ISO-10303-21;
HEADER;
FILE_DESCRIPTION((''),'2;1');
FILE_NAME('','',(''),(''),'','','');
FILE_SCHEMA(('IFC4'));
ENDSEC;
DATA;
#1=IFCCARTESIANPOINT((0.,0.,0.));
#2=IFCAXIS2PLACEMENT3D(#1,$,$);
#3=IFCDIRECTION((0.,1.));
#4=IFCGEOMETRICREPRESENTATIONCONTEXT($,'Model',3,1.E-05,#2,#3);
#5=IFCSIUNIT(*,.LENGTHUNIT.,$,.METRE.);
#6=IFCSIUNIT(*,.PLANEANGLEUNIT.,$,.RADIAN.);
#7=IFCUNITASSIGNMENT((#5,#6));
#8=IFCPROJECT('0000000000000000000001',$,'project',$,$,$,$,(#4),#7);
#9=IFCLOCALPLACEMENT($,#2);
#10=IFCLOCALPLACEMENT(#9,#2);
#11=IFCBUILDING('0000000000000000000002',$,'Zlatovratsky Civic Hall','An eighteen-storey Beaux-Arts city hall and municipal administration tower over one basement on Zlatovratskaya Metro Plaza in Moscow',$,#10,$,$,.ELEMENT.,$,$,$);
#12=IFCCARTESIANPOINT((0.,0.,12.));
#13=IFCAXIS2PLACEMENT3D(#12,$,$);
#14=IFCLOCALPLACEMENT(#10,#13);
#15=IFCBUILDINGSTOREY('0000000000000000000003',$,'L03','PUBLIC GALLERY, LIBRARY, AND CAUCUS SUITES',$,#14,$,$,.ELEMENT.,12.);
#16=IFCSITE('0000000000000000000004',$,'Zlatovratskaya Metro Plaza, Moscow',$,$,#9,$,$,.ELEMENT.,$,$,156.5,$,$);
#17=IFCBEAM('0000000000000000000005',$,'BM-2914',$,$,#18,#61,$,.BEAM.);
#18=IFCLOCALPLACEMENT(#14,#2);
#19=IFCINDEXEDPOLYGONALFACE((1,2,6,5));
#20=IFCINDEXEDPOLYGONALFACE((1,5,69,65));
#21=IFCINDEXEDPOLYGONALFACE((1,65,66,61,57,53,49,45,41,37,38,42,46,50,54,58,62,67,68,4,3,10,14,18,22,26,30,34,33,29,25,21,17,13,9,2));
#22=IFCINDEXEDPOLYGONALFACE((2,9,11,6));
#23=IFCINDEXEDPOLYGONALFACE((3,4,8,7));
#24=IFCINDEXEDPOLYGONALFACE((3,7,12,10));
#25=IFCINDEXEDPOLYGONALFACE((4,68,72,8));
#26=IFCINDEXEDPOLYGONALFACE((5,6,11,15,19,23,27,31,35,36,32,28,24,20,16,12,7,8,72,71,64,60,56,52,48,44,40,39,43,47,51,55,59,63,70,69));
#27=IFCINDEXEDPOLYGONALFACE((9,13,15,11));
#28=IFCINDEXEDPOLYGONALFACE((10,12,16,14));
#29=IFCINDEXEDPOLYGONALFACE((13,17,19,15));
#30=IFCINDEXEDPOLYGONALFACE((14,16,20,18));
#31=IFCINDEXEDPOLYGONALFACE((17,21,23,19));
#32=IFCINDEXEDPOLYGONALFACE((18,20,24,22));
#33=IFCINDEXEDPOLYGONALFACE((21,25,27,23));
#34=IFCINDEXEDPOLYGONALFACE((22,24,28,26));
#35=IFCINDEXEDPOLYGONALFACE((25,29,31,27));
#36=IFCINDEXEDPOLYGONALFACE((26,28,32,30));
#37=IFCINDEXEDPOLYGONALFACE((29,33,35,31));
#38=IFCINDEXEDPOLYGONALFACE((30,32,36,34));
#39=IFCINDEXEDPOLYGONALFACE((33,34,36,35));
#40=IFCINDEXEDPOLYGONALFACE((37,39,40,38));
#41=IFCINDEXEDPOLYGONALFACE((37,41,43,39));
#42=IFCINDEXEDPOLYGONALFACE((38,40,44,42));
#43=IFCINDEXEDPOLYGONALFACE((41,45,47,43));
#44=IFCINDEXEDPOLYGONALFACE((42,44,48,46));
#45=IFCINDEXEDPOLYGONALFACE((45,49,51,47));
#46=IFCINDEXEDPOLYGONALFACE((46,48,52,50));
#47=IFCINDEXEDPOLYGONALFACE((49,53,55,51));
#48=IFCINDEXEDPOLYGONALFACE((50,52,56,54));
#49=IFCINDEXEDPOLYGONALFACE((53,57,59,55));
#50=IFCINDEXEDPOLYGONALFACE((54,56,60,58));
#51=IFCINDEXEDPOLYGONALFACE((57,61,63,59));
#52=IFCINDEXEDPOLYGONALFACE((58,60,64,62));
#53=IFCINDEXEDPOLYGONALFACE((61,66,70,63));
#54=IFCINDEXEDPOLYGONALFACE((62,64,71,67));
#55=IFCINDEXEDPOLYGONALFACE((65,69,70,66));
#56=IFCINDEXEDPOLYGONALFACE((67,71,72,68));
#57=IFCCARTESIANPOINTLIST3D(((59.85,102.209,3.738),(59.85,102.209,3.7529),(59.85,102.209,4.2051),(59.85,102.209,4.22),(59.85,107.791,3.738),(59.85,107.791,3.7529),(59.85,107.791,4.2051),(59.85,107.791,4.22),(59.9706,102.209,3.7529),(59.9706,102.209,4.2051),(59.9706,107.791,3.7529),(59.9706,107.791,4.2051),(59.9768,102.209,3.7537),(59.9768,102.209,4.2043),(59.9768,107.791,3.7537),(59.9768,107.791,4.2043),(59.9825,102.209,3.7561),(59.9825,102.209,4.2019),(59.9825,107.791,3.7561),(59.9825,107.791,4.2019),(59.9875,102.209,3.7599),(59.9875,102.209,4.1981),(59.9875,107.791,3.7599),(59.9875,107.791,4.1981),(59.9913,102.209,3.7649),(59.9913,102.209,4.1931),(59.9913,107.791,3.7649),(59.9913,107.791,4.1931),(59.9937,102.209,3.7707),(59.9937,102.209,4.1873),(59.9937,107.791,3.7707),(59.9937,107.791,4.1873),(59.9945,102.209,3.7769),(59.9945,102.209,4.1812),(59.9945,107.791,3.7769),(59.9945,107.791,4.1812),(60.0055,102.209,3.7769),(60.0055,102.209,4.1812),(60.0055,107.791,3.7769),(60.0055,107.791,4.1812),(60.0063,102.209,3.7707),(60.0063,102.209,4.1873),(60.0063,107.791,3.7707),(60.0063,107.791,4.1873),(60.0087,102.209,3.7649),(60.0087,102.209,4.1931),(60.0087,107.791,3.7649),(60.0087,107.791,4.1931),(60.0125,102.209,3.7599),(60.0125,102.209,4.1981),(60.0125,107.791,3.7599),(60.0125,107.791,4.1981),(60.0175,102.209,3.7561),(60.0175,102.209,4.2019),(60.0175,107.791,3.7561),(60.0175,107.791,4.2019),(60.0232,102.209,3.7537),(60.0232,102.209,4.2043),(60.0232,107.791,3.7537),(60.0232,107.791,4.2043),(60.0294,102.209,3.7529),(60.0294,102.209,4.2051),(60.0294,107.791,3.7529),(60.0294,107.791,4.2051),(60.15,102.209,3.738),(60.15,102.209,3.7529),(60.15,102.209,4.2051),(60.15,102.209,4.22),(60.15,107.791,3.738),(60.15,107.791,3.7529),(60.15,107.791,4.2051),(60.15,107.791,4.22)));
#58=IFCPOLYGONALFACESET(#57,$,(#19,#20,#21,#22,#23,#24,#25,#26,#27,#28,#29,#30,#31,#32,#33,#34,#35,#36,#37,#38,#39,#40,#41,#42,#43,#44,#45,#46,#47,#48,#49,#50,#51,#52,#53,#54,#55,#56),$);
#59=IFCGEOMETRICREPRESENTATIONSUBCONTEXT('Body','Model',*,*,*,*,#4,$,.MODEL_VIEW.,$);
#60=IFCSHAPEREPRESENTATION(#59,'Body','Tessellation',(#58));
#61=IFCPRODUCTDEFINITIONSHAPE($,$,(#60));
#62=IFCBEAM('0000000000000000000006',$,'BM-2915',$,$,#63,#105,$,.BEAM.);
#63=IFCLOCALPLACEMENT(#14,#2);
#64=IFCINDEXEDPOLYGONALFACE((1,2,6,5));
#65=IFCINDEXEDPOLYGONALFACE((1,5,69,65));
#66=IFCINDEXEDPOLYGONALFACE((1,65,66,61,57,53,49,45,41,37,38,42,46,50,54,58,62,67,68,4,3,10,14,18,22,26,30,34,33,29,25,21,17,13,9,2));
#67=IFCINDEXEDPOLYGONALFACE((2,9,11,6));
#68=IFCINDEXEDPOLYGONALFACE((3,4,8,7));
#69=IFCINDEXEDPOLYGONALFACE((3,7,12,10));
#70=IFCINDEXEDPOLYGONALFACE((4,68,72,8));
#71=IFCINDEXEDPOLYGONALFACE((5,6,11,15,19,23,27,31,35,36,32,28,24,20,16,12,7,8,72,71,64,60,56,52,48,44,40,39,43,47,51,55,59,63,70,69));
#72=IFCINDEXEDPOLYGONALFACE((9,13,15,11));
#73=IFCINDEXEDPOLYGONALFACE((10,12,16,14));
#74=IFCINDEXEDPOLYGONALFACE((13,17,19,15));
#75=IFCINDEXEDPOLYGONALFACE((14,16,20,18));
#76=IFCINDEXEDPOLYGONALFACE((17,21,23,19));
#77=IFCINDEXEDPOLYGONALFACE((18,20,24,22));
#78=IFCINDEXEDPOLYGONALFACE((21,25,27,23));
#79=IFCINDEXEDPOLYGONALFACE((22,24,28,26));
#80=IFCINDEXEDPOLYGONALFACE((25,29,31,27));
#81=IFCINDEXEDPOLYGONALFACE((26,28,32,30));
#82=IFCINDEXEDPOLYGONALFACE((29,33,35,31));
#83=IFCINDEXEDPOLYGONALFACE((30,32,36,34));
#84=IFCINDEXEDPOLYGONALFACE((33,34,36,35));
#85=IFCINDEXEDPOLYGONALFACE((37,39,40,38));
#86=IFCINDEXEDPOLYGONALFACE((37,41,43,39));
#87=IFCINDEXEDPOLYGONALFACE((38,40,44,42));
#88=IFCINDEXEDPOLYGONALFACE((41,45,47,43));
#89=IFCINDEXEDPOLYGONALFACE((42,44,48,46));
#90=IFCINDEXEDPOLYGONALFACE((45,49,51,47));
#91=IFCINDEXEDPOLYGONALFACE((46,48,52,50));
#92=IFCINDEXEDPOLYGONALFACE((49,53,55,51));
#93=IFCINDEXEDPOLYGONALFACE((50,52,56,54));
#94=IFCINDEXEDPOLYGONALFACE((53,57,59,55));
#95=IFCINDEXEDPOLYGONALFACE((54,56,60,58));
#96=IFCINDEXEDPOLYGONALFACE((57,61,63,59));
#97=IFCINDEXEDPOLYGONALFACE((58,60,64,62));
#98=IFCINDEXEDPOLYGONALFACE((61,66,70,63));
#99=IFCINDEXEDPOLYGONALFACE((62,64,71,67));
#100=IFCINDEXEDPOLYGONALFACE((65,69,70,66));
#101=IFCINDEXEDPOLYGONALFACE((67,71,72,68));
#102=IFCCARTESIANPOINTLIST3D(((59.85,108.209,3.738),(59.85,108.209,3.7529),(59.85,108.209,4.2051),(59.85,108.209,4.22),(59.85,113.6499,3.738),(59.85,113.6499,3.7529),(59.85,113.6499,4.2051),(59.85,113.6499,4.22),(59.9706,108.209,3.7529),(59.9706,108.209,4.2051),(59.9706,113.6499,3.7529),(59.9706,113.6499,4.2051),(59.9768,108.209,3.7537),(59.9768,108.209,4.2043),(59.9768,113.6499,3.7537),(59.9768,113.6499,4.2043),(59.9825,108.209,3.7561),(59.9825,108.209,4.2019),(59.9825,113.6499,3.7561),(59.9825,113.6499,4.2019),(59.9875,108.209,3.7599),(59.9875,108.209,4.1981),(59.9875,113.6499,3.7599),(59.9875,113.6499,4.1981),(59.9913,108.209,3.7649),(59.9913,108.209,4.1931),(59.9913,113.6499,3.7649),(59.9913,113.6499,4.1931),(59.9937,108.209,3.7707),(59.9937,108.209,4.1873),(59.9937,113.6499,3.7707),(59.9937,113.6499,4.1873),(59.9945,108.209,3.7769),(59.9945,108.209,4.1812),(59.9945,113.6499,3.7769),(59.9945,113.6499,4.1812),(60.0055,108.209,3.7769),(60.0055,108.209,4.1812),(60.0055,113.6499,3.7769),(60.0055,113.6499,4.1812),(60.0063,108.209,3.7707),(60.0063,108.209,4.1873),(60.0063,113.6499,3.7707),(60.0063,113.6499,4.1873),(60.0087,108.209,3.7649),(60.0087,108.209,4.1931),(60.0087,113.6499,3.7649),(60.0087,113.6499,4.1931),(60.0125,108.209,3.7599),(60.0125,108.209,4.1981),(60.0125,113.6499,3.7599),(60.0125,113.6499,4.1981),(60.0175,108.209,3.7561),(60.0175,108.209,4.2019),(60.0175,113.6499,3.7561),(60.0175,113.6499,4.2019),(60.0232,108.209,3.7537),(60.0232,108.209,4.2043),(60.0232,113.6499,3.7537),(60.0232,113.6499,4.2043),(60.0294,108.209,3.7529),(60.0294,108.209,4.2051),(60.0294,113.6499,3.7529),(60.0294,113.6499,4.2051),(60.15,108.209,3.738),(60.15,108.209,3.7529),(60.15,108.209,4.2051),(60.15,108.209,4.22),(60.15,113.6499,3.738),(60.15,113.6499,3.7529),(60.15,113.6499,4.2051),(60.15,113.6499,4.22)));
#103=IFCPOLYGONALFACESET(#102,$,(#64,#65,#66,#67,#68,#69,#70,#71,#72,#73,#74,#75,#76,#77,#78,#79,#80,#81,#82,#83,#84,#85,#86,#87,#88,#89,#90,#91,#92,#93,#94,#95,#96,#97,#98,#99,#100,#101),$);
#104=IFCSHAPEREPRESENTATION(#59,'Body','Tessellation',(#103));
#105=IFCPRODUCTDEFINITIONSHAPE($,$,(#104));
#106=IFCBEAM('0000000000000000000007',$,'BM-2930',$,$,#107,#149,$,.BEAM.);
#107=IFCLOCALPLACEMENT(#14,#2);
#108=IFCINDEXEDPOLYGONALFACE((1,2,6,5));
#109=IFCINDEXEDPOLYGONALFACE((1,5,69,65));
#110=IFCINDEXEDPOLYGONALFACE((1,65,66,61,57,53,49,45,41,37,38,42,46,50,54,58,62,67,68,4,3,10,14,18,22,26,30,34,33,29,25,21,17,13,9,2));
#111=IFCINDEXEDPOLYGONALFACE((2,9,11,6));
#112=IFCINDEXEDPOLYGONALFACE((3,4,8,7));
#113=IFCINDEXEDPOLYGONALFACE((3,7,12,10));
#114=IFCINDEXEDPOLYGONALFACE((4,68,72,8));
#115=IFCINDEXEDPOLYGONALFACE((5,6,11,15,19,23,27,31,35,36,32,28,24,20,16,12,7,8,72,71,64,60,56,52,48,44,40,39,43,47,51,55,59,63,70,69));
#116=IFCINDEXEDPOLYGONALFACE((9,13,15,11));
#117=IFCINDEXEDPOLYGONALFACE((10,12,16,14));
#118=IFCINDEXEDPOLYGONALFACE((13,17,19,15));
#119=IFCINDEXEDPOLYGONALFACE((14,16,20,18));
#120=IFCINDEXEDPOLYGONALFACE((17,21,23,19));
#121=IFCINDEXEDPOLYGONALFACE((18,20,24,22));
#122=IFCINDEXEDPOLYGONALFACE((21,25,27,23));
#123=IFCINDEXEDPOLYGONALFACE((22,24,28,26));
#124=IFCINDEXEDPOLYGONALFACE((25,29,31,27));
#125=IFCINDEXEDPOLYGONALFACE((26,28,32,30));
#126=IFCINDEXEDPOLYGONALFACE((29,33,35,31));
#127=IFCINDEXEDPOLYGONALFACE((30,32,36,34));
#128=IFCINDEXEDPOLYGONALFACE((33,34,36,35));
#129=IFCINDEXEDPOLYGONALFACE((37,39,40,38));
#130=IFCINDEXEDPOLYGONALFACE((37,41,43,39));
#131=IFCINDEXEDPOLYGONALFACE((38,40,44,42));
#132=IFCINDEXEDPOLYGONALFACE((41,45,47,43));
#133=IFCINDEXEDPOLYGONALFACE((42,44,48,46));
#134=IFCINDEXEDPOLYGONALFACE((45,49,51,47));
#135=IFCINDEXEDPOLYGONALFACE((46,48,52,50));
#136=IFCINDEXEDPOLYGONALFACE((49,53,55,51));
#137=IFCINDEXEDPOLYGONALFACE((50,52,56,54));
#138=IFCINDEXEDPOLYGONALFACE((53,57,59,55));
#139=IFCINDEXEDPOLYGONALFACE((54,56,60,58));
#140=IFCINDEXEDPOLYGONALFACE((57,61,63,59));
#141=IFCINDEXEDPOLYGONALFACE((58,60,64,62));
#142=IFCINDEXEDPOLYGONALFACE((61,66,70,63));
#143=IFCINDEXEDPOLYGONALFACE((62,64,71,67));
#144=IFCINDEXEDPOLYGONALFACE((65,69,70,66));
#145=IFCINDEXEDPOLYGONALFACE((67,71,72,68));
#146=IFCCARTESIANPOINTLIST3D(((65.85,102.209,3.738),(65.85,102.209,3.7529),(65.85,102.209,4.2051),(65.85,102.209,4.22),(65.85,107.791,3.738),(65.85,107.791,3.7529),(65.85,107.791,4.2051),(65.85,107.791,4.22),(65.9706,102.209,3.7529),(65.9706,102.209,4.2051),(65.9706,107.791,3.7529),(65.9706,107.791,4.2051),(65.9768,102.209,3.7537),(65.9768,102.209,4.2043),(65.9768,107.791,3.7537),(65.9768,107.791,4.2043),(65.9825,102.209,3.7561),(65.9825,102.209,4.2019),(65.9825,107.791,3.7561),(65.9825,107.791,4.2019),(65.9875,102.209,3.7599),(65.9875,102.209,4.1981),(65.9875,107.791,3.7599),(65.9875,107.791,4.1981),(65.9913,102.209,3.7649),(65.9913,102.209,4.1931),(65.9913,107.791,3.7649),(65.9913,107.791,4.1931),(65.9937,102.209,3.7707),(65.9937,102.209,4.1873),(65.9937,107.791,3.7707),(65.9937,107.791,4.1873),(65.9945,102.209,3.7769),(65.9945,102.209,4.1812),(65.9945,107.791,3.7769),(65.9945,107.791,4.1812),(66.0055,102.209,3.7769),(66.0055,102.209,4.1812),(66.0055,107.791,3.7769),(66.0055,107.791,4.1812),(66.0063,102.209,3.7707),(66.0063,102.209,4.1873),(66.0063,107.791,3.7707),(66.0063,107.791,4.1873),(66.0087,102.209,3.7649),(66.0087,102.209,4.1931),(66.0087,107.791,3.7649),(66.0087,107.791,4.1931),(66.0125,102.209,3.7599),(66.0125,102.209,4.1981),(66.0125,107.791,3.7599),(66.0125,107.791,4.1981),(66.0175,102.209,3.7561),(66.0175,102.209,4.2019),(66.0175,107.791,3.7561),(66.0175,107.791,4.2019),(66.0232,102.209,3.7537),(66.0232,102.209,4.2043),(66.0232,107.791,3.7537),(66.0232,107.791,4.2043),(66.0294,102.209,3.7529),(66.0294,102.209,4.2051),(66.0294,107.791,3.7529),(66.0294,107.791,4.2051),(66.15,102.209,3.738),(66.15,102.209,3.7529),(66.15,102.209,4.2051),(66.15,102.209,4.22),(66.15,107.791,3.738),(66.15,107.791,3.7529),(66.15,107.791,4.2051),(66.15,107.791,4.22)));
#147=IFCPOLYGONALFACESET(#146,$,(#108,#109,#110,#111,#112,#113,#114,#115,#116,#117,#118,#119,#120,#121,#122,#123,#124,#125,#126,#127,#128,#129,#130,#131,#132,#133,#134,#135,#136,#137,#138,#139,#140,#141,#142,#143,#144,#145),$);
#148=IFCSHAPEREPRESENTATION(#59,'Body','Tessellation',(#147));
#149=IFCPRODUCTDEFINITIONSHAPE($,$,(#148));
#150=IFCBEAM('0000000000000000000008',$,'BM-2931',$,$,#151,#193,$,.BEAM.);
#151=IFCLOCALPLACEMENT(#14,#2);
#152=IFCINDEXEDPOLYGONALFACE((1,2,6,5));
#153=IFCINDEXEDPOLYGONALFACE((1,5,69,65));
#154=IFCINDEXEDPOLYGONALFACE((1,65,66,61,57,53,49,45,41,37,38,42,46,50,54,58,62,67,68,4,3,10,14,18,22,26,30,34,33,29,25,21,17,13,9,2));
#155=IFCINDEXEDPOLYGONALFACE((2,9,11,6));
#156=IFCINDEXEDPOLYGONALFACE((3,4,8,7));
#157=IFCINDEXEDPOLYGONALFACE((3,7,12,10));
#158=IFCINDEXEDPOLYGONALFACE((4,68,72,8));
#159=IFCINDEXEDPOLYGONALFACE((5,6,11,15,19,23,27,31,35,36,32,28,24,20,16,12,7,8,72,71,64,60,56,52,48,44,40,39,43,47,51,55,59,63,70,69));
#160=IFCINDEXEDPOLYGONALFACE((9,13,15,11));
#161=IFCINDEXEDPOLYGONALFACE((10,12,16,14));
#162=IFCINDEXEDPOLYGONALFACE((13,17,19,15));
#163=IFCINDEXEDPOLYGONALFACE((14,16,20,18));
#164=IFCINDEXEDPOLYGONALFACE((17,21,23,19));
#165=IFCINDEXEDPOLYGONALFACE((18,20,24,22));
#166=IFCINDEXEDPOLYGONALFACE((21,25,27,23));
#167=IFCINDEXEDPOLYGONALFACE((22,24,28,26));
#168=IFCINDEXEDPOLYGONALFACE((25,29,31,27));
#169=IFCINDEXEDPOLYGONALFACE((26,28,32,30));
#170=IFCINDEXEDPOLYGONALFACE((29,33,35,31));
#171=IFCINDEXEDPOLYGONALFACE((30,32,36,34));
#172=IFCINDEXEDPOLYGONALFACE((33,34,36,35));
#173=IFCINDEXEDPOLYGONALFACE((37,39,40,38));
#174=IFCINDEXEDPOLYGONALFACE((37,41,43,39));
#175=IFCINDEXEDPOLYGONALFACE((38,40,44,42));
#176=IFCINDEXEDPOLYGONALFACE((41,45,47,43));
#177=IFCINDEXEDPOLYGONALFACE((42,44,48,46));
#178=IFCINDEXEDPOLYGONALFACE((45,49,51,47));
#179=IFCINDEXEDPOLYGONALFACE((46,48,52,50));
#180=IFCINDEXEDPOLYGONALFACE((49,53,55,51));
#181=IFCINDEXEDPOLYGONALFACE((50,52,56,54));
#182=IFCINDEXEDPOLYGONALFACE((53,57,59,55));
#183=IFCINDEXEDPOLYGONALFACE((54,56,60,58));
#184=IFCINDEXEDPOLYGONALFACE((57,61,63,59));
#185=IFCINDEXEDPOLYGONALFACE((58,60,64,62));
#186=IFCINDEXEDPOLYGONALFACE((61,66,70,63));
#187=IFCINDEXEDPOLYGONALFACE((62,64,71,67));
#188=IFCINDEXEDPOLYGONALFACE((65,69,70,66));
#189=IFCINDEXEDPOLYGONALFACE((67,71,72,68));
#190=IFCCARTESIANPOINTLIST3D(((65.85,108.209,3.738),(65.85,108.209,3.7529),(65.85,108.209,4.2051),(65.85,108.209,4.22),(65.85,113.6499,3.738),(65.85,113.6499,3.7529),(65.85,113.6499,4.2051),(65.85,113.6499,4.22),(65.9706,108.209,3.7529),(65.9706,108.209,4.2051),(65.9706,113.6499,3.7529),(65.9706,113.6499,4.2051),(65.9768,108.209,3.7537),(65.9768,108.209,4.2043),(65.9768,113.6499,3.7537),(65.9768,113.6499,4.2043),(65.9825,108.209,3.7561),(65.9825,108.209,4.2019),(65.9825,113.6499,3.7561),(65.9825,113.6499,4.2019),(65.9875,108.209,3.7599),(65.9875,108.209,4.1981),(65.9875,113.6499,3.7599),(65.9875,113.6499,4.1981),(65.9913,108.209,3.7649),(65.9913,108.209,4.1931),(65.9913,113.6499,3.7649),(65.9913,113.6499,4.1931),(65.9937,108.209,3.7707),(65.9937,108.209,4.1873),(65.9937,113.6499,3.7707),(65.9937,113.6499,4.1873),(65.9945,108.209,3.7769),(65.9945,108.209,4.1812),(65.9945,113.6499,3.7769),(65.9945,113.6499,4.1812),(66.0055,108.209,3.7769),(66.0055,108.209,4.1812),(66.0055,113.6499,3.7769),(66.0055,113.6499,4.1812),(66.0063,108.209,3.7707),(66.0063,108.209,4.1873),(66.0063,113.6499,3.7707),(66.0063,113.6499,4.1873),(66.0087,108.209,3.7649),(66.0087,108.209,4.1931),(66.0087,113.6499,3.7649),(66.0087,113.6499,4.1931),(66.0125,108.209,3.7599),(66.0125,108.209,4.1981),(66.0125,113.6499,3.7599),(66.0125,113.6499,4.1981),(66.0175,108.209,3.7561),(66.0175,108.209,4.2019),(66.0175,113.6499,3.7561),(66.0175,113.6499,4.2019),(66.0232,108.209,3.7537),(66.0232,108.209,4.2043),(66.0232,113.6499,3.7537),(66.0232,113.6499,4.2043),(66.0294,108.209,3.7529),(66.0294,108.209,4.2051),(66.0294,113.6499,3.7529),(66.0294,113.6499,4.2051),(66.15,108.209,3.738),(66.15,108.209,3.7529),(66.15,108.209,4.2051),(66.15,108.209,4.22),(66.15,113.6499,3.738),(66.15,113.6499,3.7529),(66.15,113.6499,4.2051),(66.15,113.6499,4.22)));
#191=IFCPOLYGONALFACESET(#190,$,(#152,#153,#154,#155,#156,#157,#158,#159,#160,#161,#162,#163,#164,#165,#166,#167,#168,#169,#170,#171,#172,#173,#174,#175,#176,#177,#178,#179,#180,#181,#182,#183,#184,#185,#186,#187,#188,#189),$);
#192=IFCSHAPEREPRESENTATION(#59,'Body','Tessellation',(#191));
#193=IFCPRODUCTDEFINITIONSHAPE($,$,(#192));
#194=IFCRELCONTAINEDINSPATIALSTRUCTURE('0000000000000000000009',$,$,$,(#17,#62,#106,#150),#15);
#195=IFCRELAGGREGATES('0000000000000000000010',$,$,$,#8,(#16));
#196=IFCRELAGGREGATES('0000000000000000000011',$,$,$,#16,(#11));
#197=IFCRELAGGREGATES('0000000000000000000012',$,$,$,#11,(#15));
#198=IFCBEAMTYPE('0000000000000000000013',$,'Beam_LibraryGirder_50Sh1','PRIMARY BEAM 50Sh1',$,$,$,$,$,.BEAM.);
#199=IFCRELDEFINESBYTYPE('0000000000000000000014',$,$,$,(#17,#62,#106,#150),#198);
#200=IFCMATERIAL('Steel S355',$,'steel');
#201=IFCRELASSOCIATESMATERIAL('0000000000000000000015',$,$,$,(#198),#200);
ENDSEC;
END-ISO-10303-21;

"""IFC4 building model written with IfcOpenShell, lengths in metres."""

from ifc_helpers import new_model, si_unit, direction, frame, origin, origin_2d, place, context, subcontext, project, spatial, i_section, extrude, material, material_profile, profile_set, type_object, element, save


model = new_model("IFC4")

# Units and contexts
model_context = context("Model", 3, precision=1e-05, world=origin(), true_north=direction((0.0, 1.0)))
body_context = subcontext(model_context, "Body", "Model", "MODEL_VIEW")
ifc_project = project(units=[si_unit("LENGTHUNIT", "METRE"), si_unit("PLANEANGLEUNIT", "RADIAN")], contexts=[model_context])

# Site, building, storey
site_placement = place(None, origin())
site = spatial("IfcSite", under=ifc_project, at=site_placement, Name="Zlatovratskaya Metro Plaza, Moscow", CompositionType="ELEMENT", RefElevation=156.5)
building_placement = place(site_placement, origin())
building = spatial("IfcBuilding", under=site, at=building_placement, Name="Zlatovratsky Civic Hall", Description="An eighteen-storey Beaux-Arts city hall and municipal administration tower over one basement on Zlatovratskaya Metro Plaza in Moscow", CompositionType="ELEMENT")
storey_placement = place(building_placement, frame((0.0, 0.0, 12.0)))
storey = spatial("IfcBuildingStorey", under=building, at=storey_placement, Name="L03", Description="PUBLIC GALLERY, LIBRARY, AND CAUCUS SUITES", CompositionType="ELEMENT", Elevation=12.0)

# Shared definitions
ifc_material_1 = material(Name="Steel S355", Category="steel")

# Beams
ifc_material_profile_1 = material_profile(ifc_material_1, i_section(OverallWidth=0.3, OverallDepth=0.4819, WebThickness=0.011, FlangeThickness=0.0149, FilletRadius=0.0239, at=origin_2d()), Name="50Sh1")
ifc_profile_set_1 = profile_set([ifc_material_profile_1], Name="Steel S355")
beam_type_1 = type_object("IfcBeamType", Name="Beam_LibraryGirder_50Sh1", Description="PRIMARY BEAM 50Sh1", PredefinedType="BEAM", material=ifc_profile_set_1)
beam_1_placement = place(storey_placement, frame((60.0, 102.209, 3.979), z_axis=(0.0, 1.0, 0.0), x_axis=(-1.0, 0.0, 0.0)))
element("IfcBeam", 1, at=beam_1_placement, inside=storey, type_object=beam_type_1, Name="BM-2914", PredefinedType="BEAM", context=body_context, shape_type="SweptSolid", body=[
    extrude(i_section(OverallWidth=0.3, OverallDepth=0.4819, WebThickness=0.011, FlangeThickness=0.0149, FilletRadius=0.0239, at=origin_2d()), origin(), (0.0, 0.0, 1.0), 5.582),
])
beam_2_placement = place(storey_placement, frame((60.0, 108.209, 3.979), z_axis=(0.0, 1.0, 0.0), x_axis=(-1.0, 0.0, 0.0)))
element("IfcBeam", 2, at=beam_2_placement, inside=storey, type_object=beam_type_1, Name="BM-2915", PredefinedType="BEAM", context=body_context, shape_type="SweptSolid", body=[
    extrude(i_section(OverallWidth=0.3, OverallDepth=0.4819, WebThickness=0.011, FlangeThickness=0.0149, FilletRadius=0.0239, at=origin_2d()), origin(), (0.0, 0.0, 1.0), 5.4409),
])
beam_3_placement = place(storey_placement, frame((66.0, 102.209, 3.979), z_axis=(0.0, 1.0, 0.0), x_axis=(-1.0, 0.0, 0.0)))
element("IfcBeam", 3, at=beam_3_placement, inside=storey, type_object=beam_type_1, Name="BM-2930", PredefinedType="BEAM", context=body_context, shape_type="SweptSolid", body=[
    extrude(i_section(OverallWidth=0.3, OverallDepth=0.4819, WebThickness=0.011, FlangeThickness=0.0149, FilletRadius=0.0239, at=origin_2d()), origin(), (0.0, 0.0, 1.0), 5.582),
])
beam_4_placement = place(storey_placement, frame((66.0, 108.209, 3.979), z_axis=(0.0, 1.0, 0.0), x_axis=(-1.0, 0.0, 0.0)))
element("IfcBeam", 4, at=beam_4_placement, inside=storey, type_object=beam_type_1, Name="BM-2931", PredefinedType="BEAM", context=body_context, shape_type="SweptSolid", body=[
    extrude(i_section(OverallWidth=0.3, OverallDepth=0.4819, WebThickness=0.011, FlangeThickness=0.0149, FilletRadius=0.0239, at=origin_2d()), origin(), (0.0, 0.0, 1.0), 5.4409),
])

save(model, "model.ifc")
